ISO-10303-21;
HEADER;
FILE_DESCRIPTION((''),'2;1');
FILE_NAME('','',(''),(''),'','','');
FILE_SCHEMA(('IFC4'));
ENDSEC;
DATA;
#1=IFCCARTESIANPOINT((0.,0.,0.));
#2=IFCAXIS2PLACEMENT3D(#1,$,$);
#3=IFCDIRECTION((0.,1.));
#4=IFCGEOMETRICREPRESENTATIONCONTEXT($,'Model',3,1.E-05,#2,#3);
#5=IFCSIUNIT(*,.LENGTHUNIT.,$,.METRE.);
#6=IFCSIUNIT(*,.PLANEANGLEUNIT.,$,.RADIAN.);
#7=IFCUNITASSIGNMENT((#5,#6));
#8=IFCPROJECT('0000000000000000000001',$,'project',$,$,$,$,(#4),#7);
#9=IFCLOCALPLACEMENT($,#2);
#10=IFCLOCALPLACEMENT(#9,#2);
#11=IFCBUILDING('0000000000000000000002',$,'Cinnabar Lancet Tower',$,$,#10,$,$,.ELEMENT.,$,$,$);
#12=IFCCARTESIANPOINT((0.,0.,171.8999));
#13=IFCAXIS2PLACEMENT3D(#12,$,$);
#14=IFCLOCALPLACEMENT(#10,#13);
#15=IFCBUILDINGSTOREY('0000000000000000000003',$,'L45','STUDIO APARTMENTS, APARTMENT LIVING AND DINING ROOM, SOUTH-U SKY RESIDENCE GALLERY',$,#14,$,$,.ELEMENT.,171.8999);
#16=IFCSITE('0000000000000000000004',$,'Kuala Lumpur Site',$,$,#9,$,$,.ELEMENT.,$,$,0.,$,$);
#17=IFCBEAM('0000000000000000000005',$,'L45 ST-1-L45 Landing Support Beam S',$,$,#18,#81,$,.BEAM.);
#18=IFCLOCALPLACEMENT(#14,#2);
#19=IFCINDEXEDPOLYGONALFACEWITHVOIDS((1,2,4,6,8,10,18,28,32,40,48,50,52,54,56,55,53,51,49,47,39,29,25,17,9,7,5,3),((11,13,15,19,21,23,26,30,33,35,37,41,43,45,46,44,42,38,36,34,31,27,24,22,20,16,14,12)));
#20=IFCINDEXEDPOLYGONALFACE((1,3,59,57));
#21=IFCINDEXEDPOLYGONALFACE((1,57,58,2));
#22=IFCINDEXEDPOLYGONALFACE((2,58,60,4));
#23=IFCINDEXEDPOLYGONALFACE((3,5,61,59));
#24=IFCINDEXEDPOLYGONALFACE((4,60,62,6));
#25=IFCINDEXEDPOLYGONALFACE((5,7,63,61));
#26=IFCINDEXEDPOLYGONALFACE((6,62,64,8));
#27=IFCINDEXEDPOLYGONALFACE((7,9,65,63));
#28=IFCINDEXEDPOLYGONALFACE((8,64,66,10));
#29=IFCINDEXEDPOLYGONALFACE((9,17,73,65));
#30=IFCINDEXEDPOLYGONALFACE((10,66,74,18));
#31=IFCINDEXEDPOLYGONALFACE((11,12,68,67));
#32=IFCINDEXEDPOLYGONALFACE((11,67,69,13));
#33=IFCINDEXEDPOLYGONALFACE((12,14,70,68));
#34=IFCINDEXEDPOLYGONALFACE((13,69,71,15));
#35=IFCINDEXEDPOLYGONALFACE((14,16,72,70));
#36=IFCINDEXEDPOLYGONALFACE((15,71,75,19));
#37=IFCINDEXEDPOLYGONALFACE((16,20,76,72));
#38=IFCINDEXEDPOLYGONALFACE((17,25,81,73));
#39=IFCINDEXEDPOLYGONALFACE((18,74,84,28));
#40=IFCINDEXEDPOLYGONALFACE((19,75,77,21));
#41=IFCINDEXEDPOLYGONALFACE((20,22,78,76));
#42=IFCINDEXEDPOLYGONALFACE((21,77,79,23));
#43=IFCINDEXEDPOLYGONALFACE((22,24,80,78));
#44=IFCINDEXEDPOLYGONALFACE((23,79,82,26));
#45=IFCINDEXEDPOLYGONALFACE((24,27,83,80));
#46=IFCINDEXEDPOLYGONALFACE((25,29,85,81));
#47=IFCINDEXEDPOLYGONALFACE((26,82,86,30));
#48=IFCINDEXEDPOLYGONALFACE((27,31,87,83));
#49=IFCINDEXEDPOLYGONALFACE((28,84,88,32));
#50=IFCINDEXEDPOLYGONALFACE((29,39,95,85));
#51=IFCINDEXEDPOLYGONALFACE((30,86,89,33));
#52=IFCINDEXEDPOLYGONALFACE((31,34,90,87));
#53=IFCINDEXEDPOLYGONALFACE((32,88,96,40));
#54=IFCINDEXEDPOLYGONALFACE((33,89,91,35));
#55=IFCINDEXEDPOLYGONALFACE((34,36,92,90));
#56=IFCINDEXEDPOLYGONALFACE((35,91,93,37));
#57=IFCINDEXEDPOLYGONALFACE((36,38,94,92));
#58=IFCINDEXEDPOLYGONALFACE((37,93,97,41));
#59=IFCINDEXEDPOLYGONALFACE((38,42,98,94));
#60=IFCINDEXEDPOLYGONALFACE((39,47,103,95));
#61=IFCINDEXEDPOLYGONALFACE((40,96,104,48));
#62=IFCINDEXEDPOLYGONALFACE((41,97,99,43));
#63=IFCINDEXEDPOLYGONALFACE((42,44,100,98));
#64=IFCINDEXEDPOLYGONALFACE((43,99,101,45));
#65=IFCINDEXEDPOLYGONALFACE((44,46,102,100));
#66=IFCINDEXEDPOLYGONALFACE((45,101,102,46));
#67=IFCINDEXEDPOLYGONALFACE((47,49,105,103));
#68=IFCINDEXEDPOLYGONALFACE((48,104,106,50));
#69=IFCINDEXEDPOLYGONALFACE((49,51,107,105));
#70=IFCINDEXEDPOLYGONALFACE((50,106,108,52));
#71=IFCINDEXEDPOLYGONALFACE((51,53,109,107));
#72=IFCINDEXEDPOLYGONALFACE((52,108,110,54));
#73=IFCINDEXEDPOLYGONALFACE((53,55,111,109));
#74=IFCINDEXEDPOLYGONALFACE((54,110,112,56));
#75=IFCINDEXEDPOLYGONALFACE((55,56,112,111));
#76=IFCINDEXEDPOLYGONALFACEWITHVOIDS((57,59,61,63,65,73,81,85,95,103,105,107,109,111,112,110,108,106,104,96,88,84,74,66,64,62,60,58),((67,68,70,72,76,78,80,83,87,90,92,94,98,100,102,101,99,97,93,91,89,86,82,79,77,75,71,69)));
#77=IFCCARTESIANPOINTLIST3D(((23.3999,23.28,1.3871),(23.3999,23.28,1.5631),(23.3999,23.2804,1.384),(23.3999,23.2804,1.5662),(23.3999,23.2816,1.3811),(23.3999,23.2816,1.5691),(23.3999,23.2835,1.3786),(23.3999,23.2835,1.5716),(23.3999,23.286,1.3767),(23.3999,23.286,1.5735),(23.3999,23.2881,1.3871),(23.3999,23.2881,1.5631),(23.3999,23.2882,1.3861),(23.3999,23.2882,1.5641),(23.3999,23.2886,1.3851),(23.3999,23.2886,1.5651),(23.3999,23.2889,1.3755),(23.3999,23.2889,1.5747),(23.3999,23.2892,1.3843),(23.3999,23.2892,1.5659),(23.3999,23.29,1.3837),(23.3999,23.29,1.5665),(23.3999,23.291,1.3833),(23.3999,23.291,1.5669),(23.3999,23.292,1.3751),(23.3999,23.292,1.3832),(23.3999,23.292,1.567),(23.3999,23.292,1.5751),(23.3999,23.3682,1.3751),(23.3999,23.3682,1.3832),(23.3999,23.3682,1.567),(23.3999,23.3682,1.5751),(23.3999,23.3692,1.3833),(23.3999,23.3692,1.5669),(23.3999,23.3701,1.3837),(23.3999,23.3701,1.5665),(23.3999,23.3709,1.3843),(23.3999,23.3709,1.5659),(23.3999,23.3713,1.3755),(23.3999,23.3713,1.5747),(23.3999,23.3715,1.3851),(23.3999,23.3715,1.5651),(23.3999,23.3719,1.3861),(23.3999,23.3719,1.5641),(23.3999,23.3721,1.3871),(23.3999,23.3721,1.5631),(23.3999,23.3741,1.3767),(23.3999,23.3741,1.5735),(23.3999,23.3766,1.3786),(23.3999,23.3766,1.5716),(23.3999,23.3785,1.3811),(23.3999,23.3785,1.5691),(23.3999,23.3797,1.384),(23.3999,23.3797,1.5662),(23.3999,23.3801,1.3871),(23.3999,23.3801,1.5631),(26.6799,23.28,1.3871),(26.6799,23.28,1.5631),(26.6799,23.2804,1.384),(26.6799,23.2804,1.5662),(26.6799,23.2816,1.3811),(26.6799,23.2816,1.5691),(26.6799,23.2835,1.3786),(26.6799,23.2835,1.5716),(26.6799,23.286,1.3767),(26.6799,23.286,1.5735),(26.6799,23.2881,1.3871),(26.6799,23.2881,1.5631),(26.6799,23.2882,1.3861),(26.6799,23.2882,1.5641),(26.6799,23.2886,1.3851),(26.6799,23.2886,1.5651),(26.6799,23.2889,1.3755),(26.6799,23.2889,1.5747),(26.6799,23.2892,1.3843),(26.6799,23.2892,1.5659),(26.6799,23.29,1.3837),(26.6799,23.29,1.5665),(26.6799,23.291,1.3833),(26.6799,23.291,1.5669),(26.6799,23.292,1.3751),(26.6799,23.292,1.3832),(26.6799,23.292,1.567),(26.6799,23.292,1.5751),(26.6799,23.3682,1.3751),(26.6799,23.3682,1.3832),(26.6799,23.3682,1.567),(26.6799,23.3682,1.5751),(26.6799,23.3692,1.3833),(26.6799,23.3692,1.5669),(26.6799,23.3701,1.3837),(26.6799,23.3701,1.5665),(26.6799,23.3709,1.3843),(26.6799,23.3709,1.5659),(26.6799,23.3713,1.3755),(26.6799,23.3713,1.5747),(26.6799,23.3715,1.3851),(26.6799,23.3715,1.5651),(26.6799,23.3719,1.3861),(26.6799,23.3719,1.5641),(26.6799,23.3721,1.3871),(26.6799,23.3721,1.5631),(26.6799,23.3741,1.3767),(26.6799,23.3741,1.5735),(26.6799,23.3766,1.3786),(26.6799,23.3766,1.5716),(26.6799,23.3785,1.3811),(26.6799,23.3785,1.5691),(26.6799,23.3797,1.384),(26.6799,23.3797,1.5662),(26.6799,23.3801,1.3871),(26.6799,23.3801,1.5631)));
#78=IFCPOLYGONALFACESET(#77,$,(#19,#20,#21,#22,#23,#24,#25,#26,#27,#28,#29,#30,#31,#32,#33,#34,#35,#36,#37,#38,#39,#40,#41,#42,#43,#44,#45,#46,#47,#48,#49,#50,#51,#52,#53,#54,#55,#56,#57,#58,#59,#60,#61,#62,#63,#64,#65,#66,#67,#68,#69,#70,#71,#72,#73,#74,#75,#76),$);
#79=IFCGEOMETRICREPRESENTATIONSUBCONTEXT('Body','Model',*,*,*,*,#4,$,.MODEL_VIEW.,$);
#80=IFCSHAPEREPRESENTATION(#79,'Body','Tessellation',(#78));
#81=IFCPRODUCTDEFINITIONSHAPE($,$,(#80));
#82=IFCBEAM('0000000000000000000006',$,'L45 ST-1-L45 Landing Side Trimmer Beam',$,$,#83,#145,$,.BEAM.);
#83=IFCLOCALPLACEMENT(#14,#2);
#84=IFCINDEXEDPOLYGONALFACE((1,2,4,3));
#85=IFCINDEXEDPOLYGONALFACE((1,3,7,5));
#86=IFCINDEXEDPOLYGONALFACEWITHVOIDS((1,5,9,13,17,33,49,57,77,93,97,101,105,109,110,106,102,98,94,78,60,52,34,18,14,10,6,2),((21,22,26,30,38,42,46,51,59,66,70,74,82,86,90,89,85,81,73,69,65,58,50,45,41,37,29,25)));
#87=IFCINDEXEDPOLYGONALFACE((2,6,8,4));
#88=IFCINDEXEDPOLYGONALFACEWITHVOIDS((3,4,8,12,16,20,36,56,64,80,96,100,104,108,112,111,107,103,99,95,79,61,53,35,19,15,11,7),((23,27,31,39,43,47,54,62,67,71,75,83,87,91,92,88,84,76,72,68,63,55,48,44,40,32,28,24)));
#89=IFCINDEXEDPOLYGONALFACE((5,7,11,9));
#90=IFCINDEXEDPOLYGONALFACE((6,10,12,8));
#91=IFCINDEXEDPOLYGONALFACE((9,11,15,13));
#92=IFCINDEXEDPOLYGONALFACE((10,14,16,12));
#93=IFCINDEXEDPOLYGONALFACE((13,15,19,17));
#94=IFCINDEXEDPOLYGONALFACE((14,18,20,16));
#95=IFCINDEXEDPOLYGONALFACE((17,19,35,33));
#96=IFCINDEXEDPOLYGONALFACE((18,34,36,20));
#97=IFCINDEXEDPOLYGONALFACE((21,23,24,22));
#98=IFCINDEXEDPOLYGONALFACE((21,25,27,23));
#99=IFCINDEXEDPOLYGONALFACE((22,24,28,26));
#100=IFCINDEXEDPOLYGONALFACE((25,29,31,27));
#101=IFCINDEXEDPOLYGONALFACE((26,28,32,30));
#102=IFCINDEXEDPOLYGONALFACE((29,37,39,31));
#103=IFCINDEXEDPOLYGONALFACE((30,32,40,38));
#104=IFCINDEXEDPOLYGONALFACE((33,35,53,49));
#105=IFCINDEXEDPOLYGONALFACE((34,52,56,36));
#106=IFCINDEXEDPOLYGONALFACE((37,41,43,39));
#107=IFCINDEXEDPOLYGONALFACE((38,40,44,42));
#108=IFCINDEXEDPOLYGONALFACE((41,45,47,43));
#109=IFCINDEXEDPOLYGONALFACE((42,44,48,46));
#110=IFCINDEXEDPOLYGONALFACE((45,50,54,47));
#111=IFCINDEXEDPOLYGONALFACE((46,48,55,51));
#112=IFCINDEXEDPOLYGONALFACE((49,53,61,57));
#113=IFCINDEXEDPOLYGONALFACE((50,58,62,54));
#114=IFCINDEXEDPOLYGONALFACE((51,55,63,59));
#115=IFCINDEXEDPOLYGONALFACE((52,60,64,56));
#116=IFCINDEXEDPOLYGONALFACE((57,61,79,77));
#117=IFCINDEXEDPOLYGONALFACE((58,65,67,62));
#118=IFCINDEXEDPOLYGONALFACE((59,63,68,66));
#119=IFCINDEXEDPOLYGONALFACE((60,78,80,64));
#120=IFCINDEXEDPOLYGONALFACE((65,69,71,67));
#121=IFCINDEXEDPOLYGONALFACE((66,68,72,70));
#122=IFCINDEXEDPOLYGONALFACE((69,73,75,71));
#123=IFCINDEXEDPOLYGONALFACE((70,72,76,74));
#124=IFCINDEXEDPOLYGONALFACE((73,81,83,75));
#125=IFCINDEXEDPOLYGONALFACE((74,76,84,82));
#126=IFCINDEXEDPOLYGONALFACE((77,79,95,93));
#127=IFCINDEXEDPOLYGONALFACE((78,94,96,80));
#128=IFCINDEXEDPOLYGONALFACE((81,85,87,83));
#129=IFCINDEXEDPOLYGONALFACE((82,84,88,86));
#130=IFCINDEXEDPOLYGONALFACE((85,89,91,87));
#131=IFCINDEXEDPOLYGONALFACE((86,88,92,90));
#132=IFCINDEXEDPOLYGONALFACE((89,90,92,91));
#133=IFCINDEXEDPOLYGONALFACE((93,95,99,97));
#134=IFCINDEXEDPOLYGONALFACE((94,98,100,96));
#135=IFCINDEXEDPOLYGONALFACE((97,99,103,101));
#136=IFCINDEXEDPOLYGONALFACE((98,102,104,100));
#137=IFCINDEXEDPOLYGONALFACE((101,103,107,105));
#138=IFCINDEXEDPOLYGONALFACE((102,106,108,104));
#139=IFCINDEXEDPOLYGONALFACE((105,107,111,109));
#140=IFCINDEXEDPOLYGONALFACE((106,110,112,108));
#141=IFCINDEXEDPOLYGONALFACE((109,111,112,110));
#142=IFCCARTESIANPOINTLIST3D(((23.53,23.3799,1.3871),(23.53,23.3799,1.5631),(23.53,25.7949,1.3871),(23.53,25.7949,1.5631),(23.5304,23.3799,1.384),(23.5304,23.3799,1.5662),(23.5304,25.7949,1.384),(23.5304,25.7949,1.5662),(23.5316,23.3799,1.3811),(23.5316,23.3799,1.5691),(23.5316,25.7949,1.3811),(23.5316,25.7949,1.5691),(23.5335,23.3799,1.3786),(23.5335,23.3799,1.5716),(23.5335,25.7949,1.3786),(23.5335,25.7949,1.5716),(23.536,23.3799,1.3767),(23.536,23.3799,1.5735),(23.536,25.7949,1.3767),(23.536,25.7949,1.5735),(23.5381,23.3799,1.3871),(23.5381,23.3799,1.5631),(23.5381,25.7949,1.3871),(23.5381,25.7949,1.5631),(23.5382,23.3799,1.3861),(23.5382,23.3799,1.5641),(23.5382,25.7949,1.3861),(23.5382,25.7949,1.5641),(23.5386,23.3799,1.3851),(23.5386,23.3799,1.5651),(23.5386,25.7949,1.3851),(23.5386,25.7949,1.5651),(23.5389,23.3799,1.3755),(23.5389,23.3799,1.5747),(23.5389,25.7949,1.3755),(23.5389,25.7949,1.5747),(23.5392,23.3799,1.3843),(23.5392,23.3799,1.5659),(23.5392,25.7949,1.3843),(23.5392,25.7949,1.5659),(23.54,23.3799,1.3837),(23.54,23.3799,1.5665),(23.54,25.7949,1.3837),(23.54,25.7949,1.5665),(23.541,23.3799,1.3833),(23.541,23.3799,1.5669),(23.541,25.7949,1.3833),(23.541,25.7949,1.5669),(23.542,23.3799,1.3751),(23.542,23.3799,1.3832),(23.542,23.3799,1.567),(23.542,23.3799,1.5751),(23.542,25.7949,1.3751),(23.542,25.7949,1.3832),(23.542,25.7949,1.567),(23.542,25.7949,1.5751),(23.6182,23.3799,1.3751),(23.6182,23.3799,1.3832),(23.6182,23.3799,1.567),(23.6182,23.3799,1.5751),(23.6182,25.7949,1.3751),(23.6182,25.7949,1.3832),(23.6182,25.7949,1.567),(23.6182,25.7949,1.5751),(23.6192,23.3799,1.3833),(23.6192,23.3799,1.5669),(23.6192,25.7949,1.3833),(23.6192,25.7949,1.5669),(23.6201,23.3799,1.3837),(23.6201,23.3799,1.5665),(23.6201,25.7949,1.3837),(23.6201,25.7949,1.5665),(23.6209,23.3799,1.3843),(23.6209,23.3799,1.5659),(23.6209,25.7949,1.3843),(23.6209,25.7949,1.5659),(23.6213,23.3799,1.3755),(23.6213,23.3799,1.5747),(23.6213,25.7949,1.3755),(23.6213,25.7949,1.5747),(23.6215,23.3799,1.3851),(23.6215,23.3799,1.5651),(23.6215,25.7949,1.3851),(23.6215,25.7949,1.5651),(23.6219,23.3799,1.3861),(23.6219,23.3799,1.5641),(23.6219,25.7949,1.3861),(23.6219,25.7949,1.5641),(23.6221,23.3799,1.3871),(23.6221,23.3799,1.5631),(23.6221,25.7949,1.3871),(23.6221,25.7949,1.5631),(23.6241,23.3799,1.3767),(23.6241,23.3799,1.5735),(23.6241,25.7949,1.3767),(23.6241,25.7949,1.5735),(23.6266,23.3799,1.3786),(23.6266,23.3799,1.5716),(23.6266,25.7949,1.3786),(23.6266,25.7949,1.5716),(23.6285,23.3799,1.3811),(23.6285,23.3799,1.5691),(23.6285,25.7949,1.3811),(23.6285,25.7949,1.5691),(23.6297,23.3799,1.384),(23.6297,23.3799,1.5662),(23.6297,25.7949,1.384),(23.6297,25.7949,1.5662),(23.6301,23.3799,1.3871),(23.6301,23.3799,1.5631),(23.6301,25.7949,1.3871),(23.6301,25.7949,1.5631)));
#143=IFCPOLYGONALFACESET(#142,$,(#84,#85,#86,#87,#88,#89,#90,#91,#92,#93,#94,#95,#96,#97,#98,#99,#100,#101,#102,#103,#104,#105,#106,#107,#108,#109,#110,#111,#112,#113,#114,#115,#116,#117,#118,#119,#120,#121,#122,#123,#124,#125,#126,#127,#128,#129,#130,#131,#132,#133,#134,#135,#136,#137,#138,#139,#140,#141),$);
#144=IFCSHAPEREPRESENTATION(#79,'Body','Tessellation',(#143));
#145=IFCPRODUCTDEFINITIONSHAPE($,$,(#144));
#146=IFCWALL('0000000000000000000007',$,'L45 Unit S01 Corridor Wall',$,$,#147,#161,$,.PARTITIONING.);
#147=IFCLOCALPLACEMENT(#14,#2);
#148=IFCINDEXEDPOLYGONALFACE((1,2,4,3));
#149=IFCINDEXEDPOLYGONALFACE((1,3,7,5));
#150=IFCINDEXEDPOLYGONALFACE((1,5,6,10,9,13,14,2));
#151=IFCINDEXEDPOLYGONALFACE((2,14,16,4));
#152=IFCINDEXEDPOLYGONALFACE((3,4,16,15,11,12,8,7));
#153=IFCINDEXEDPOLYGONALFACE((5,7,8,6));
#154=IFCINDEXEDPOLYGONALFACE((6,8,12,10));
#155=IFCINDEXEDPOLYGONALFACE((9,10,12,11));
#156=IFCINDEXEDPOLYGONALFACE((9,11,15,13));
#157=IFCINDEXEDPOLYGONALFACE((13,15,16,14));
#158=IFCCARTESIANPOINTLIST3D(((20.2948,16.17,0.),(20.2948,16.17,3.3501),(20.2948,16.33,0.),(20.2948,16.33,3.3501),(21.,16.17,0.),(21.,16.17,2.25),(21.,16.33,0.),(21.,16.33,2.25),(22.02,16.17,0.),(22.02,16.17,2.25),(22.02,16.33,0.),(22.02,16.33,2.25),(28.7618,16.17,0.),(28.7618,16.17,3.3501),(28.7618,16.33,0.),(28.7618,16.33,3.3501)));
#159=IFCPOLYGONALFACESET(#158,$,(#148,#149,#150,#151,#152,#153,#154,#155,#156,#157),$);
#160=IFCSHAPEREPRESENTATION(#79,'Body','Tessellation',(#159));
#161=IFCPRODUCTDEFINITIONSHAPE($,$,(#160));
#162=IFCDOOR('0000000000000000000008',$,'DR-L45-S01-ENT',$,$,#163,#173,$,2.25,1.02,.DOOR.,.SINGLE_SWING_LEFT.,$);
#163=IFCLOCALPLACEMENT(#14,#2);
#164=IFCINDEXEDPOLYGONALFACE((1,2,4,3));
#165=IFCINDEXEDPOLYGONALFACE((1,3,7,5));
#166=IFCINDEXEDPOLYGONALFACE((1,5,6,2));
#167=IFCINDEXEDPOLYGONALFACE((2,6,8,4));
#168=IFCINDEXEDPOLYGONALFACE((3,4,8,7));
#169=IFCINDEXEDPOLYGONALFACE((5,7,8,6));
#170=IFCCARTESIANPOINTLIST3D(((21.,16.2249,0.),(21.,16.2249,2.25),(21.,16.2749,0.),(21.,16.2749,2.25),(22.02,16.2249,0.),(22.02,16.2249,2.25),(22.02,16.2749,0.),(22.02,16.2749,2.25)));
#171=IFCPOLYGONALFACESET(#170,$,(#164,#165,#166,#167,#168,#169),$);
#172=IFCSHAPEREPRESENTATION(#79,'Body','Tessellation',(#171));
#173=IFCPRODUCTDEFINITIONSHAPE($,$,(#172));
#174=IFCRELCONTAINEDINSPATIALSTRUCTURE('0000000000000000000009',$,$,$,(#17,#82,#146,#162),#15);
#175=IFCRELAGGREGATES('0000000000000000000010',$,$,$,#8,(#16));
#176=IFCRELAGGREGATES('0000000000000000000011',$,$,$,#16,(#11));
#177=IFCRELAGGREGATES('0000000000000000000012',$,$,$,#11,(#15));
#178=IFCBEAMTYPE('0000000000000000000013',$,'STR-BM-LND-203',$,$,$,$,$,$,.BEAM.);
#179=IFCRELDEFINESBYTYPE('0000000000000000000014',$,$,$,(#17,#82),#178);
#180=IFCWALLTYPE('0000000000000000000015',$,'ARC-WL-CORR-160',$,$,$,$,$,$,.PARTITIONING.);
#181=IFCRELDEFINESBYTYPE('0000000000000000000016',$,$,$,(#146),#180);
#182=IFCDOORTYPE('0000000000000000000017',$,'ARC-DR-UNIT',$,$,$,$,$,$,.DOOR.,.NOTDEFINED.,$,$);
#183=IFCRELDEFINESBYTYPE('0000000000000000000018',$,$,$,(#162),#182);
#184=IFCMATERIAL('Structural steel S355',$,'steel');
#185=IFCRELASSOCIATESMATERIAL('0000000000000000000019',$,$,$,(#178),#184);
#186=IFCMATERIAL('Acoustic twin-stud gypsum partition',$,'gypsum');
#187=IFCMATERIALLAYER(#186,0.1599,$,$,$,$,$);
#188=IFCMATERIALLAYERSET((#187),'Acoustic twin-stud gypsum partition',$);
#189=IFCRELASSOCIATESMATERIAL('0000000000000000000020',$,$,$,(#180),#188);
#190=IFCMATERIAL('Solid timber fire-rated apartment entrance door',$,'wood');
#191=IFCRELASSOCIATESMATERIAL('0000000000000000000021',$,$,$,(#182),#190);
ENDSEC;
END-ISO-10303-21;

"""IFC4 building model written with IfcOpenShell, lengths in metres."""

from ifc_helpers import new_model, si_unit, direction, frame, frame_2d, origin, origin_2d, place, context, subcontext, project, spatial, rectangle, hollow_rectangle, extrude, material, layer, layer_set, material_profile, profile_set, type_object, element, fill, save


model = new_model("IFC4")

# Units and contexts
model_context = context("Model", 3, precision=1e-05, world=origin(), true_north=direction((0.0, 1.0)))
body_context = subcontext(model_context, "Body", "Model", "MODEL_VIEW")
ifc_project = project(units=[si_unit("LENGTHUNIT", "METRE"), si_unit("PLANEANGLEUNIT", "RADIAN")], contexts=[model_context])

# Site, building, storey
site_placement = place(None, origin())
site = spatial("IfcSite", under=ifc_project, at=site_placement, Name="Kuala Lumpur Site", CompositionType="ELEMENT", RefElevation=0.0)
building_placement = place(site_placement, origin())
building = spatial("IfcBuilding", under=site, at=building_placement, Name="Cinnabar Lancet Tower", CompositionType="ELEMENT")
storey_placement = place(building_placement, frame((0.0, 0.0, 171.8999)))
storey = spatial("IfcBuildingStorey", under=building, at=storey_placement, Name="L45", Description="STUDIO APARTMENTS, APARTMENT LIVING AND DINING ROOM, SOUTH-U SKY RESIDENCE GALLERY", CompositionType="ELEMENT", Elevation=171.8999)

# Beams
ifc_material_1 = material(Name="Structural steel S355", Category="steel")
ifc_material_profile_1 = material_profile(ifc_material_1, hollow_rectangle(XDim=0.1001, YDim=0.2, WallThickness=0.0081, InnerFilletRadius=0.0039, OuterFilletRadius=0.012, at=origin_2d()), Name="RHS 200x100x8")
ifc_profile_set_1 = profile_set([ifc_material_profile_1], Name="Structural steel S355")
beam_type_1 = type_object("IfcBeamType", Name="STR-BM-LND-203", PredefinedType="BEAM", material=ifc_profile_set_1)
beam_1_placement = place(storey_placement, frame((23.3999, 23.3301, 1.4751), z_axis=(1.0, 0.0, 0.0), x_axis=(0.0, 1.0, 0.0)))
element("IfcBeam", 1, at=beam_1_placement, inside=storey, type_object=beam_type_1, Name="L45 ST-1-L45 Landing Support Beam S", PredefinedType="BEAM", context=body_context, shape_type="SweptSolid", body=[
    extrude(hollow_rectangle(XDim=0.1001, YDim=0.2, WallThickness=0.0081, InnerFilletRadius=0.0039, OuterFilletRadius=0.012, at=origin_2d()), origin(), (0.0, 0.0, 1.0), 3.28),
])
beam_2_placement = place(storey_placement, frame((23.5801, 23.3799, 1.4751), z_axis=(0.0, 1.0, 0.0), x_axis=(-1.0, 0.0, 0.0)))
element("IfcBeam", 2, at=beam_2_placement, inside=storey, type_object=beam_type_1, Name="L45 ST-1-L45 Landing Side Trimmer Beam", PredefinedType="BEAM", context=body_context, shape_type="SweptSolid", body=[
    extrude(hollow_rectangle(XDim=0.1001, YDim=0.2, WallThickness=0.0081, InnerFilletRadius=0.0039, OuterFilletRadius=0.012, at=origin_2d()), origin(), (0.0, 0.0, 1.0), 2.415),
])

# Wall, opening, door
ifc_material_2 = material(Name="Acoustic twin-stud gypsum partition", Category="gypsum")
ifc_layer_1 = layer(ifc_material_2, 0.1599)
ifc_layer_set_1 = layer_set([ifc_layer_1], Name="Acoustic twin-stud gypsum partition")
wall_type_1 = type_object("IfcWallType", Name="ARC-WL-CORR-160", PredefinedType="PARTITIONING", material=ifc_layer_set_1)
wall_1_placement = place(storey_placement, frame((20.2949, 16.25, 0.0), z_axis=(0.0, 0.0, 1.0), x_axis=(1.0, 0.0, 0.0)))
wall_1 = element("IfcWall", 3, at=wall_1_placement, inside=storey, type_object=wall_type_1, Name="L45 Unit S01 Corridor Wall", PredefinedType="PARTITIONING", context=body_context, shape_type="SweptSolid", body=[
    extrude(rectangle(XDim=8.467, YDim=0.1599, at=frame_2d((4.2334, 0.0))), origin(), (0.0, 0.0, 1.0), 3.3501),
])
opening_1_placement = place(wall_1_placement, frame((0.7051, 0.0, 0.0)))
opening_1 = element("IfcOpeningElement", 4, at=opening_1_placement, cuts=wall_1, PredefinedType="OPENING", context=body_context, shape_type="SweptSolid", body=[
    extrude(rectangle(XDim=1.02, YDim=2.25, at=frame_2d((0.51, 1.125))), frame((0.0, 0.0898, 0.0), z_axis=(0.0, -1.0, 0.0), x_axis=(1.0, 0.0, 0.0)), (0.0, 0.0, 1.0), 0.1799),
])
ifc_material_3 = material(Name="Solid timber fire-rated apartment entrance door", Category="wood")
door_type_1 = type_object("IfcDoorType", Name="ARC-DR-UNIT", OperationType="NOTDEFINED", PredefinedType="DOOR", material=ifc_material_3)
door_1_placement = place(opening_1_placement, origin())
door_1 = element("IfcDoor", 5, at=door_1_placement, inside=storey, type_object=door_type_1, Name="DR-L45-S01-ENT", OperationType="SINGLE_SWING_LEFT", OverallHeight=2.25, OverallWidth=1.02, PredefinedType="DOOR", context=body_context, shape_type="SweptSolid", body=[
    extrude(rectangle(XDim=1.02, YDim=2.25, at=frame_2d((0.51, 1.125))), frame((0.0, 0.0249, 0.0), z_axis=(0.0, -1.0, 0.0), x_axis=(1.0, 0.0, 0.0)), (0.0, 0.0, 1.0), 0.05),
])
fill(opening_1, door_1)

save(model, "model.ifc")
